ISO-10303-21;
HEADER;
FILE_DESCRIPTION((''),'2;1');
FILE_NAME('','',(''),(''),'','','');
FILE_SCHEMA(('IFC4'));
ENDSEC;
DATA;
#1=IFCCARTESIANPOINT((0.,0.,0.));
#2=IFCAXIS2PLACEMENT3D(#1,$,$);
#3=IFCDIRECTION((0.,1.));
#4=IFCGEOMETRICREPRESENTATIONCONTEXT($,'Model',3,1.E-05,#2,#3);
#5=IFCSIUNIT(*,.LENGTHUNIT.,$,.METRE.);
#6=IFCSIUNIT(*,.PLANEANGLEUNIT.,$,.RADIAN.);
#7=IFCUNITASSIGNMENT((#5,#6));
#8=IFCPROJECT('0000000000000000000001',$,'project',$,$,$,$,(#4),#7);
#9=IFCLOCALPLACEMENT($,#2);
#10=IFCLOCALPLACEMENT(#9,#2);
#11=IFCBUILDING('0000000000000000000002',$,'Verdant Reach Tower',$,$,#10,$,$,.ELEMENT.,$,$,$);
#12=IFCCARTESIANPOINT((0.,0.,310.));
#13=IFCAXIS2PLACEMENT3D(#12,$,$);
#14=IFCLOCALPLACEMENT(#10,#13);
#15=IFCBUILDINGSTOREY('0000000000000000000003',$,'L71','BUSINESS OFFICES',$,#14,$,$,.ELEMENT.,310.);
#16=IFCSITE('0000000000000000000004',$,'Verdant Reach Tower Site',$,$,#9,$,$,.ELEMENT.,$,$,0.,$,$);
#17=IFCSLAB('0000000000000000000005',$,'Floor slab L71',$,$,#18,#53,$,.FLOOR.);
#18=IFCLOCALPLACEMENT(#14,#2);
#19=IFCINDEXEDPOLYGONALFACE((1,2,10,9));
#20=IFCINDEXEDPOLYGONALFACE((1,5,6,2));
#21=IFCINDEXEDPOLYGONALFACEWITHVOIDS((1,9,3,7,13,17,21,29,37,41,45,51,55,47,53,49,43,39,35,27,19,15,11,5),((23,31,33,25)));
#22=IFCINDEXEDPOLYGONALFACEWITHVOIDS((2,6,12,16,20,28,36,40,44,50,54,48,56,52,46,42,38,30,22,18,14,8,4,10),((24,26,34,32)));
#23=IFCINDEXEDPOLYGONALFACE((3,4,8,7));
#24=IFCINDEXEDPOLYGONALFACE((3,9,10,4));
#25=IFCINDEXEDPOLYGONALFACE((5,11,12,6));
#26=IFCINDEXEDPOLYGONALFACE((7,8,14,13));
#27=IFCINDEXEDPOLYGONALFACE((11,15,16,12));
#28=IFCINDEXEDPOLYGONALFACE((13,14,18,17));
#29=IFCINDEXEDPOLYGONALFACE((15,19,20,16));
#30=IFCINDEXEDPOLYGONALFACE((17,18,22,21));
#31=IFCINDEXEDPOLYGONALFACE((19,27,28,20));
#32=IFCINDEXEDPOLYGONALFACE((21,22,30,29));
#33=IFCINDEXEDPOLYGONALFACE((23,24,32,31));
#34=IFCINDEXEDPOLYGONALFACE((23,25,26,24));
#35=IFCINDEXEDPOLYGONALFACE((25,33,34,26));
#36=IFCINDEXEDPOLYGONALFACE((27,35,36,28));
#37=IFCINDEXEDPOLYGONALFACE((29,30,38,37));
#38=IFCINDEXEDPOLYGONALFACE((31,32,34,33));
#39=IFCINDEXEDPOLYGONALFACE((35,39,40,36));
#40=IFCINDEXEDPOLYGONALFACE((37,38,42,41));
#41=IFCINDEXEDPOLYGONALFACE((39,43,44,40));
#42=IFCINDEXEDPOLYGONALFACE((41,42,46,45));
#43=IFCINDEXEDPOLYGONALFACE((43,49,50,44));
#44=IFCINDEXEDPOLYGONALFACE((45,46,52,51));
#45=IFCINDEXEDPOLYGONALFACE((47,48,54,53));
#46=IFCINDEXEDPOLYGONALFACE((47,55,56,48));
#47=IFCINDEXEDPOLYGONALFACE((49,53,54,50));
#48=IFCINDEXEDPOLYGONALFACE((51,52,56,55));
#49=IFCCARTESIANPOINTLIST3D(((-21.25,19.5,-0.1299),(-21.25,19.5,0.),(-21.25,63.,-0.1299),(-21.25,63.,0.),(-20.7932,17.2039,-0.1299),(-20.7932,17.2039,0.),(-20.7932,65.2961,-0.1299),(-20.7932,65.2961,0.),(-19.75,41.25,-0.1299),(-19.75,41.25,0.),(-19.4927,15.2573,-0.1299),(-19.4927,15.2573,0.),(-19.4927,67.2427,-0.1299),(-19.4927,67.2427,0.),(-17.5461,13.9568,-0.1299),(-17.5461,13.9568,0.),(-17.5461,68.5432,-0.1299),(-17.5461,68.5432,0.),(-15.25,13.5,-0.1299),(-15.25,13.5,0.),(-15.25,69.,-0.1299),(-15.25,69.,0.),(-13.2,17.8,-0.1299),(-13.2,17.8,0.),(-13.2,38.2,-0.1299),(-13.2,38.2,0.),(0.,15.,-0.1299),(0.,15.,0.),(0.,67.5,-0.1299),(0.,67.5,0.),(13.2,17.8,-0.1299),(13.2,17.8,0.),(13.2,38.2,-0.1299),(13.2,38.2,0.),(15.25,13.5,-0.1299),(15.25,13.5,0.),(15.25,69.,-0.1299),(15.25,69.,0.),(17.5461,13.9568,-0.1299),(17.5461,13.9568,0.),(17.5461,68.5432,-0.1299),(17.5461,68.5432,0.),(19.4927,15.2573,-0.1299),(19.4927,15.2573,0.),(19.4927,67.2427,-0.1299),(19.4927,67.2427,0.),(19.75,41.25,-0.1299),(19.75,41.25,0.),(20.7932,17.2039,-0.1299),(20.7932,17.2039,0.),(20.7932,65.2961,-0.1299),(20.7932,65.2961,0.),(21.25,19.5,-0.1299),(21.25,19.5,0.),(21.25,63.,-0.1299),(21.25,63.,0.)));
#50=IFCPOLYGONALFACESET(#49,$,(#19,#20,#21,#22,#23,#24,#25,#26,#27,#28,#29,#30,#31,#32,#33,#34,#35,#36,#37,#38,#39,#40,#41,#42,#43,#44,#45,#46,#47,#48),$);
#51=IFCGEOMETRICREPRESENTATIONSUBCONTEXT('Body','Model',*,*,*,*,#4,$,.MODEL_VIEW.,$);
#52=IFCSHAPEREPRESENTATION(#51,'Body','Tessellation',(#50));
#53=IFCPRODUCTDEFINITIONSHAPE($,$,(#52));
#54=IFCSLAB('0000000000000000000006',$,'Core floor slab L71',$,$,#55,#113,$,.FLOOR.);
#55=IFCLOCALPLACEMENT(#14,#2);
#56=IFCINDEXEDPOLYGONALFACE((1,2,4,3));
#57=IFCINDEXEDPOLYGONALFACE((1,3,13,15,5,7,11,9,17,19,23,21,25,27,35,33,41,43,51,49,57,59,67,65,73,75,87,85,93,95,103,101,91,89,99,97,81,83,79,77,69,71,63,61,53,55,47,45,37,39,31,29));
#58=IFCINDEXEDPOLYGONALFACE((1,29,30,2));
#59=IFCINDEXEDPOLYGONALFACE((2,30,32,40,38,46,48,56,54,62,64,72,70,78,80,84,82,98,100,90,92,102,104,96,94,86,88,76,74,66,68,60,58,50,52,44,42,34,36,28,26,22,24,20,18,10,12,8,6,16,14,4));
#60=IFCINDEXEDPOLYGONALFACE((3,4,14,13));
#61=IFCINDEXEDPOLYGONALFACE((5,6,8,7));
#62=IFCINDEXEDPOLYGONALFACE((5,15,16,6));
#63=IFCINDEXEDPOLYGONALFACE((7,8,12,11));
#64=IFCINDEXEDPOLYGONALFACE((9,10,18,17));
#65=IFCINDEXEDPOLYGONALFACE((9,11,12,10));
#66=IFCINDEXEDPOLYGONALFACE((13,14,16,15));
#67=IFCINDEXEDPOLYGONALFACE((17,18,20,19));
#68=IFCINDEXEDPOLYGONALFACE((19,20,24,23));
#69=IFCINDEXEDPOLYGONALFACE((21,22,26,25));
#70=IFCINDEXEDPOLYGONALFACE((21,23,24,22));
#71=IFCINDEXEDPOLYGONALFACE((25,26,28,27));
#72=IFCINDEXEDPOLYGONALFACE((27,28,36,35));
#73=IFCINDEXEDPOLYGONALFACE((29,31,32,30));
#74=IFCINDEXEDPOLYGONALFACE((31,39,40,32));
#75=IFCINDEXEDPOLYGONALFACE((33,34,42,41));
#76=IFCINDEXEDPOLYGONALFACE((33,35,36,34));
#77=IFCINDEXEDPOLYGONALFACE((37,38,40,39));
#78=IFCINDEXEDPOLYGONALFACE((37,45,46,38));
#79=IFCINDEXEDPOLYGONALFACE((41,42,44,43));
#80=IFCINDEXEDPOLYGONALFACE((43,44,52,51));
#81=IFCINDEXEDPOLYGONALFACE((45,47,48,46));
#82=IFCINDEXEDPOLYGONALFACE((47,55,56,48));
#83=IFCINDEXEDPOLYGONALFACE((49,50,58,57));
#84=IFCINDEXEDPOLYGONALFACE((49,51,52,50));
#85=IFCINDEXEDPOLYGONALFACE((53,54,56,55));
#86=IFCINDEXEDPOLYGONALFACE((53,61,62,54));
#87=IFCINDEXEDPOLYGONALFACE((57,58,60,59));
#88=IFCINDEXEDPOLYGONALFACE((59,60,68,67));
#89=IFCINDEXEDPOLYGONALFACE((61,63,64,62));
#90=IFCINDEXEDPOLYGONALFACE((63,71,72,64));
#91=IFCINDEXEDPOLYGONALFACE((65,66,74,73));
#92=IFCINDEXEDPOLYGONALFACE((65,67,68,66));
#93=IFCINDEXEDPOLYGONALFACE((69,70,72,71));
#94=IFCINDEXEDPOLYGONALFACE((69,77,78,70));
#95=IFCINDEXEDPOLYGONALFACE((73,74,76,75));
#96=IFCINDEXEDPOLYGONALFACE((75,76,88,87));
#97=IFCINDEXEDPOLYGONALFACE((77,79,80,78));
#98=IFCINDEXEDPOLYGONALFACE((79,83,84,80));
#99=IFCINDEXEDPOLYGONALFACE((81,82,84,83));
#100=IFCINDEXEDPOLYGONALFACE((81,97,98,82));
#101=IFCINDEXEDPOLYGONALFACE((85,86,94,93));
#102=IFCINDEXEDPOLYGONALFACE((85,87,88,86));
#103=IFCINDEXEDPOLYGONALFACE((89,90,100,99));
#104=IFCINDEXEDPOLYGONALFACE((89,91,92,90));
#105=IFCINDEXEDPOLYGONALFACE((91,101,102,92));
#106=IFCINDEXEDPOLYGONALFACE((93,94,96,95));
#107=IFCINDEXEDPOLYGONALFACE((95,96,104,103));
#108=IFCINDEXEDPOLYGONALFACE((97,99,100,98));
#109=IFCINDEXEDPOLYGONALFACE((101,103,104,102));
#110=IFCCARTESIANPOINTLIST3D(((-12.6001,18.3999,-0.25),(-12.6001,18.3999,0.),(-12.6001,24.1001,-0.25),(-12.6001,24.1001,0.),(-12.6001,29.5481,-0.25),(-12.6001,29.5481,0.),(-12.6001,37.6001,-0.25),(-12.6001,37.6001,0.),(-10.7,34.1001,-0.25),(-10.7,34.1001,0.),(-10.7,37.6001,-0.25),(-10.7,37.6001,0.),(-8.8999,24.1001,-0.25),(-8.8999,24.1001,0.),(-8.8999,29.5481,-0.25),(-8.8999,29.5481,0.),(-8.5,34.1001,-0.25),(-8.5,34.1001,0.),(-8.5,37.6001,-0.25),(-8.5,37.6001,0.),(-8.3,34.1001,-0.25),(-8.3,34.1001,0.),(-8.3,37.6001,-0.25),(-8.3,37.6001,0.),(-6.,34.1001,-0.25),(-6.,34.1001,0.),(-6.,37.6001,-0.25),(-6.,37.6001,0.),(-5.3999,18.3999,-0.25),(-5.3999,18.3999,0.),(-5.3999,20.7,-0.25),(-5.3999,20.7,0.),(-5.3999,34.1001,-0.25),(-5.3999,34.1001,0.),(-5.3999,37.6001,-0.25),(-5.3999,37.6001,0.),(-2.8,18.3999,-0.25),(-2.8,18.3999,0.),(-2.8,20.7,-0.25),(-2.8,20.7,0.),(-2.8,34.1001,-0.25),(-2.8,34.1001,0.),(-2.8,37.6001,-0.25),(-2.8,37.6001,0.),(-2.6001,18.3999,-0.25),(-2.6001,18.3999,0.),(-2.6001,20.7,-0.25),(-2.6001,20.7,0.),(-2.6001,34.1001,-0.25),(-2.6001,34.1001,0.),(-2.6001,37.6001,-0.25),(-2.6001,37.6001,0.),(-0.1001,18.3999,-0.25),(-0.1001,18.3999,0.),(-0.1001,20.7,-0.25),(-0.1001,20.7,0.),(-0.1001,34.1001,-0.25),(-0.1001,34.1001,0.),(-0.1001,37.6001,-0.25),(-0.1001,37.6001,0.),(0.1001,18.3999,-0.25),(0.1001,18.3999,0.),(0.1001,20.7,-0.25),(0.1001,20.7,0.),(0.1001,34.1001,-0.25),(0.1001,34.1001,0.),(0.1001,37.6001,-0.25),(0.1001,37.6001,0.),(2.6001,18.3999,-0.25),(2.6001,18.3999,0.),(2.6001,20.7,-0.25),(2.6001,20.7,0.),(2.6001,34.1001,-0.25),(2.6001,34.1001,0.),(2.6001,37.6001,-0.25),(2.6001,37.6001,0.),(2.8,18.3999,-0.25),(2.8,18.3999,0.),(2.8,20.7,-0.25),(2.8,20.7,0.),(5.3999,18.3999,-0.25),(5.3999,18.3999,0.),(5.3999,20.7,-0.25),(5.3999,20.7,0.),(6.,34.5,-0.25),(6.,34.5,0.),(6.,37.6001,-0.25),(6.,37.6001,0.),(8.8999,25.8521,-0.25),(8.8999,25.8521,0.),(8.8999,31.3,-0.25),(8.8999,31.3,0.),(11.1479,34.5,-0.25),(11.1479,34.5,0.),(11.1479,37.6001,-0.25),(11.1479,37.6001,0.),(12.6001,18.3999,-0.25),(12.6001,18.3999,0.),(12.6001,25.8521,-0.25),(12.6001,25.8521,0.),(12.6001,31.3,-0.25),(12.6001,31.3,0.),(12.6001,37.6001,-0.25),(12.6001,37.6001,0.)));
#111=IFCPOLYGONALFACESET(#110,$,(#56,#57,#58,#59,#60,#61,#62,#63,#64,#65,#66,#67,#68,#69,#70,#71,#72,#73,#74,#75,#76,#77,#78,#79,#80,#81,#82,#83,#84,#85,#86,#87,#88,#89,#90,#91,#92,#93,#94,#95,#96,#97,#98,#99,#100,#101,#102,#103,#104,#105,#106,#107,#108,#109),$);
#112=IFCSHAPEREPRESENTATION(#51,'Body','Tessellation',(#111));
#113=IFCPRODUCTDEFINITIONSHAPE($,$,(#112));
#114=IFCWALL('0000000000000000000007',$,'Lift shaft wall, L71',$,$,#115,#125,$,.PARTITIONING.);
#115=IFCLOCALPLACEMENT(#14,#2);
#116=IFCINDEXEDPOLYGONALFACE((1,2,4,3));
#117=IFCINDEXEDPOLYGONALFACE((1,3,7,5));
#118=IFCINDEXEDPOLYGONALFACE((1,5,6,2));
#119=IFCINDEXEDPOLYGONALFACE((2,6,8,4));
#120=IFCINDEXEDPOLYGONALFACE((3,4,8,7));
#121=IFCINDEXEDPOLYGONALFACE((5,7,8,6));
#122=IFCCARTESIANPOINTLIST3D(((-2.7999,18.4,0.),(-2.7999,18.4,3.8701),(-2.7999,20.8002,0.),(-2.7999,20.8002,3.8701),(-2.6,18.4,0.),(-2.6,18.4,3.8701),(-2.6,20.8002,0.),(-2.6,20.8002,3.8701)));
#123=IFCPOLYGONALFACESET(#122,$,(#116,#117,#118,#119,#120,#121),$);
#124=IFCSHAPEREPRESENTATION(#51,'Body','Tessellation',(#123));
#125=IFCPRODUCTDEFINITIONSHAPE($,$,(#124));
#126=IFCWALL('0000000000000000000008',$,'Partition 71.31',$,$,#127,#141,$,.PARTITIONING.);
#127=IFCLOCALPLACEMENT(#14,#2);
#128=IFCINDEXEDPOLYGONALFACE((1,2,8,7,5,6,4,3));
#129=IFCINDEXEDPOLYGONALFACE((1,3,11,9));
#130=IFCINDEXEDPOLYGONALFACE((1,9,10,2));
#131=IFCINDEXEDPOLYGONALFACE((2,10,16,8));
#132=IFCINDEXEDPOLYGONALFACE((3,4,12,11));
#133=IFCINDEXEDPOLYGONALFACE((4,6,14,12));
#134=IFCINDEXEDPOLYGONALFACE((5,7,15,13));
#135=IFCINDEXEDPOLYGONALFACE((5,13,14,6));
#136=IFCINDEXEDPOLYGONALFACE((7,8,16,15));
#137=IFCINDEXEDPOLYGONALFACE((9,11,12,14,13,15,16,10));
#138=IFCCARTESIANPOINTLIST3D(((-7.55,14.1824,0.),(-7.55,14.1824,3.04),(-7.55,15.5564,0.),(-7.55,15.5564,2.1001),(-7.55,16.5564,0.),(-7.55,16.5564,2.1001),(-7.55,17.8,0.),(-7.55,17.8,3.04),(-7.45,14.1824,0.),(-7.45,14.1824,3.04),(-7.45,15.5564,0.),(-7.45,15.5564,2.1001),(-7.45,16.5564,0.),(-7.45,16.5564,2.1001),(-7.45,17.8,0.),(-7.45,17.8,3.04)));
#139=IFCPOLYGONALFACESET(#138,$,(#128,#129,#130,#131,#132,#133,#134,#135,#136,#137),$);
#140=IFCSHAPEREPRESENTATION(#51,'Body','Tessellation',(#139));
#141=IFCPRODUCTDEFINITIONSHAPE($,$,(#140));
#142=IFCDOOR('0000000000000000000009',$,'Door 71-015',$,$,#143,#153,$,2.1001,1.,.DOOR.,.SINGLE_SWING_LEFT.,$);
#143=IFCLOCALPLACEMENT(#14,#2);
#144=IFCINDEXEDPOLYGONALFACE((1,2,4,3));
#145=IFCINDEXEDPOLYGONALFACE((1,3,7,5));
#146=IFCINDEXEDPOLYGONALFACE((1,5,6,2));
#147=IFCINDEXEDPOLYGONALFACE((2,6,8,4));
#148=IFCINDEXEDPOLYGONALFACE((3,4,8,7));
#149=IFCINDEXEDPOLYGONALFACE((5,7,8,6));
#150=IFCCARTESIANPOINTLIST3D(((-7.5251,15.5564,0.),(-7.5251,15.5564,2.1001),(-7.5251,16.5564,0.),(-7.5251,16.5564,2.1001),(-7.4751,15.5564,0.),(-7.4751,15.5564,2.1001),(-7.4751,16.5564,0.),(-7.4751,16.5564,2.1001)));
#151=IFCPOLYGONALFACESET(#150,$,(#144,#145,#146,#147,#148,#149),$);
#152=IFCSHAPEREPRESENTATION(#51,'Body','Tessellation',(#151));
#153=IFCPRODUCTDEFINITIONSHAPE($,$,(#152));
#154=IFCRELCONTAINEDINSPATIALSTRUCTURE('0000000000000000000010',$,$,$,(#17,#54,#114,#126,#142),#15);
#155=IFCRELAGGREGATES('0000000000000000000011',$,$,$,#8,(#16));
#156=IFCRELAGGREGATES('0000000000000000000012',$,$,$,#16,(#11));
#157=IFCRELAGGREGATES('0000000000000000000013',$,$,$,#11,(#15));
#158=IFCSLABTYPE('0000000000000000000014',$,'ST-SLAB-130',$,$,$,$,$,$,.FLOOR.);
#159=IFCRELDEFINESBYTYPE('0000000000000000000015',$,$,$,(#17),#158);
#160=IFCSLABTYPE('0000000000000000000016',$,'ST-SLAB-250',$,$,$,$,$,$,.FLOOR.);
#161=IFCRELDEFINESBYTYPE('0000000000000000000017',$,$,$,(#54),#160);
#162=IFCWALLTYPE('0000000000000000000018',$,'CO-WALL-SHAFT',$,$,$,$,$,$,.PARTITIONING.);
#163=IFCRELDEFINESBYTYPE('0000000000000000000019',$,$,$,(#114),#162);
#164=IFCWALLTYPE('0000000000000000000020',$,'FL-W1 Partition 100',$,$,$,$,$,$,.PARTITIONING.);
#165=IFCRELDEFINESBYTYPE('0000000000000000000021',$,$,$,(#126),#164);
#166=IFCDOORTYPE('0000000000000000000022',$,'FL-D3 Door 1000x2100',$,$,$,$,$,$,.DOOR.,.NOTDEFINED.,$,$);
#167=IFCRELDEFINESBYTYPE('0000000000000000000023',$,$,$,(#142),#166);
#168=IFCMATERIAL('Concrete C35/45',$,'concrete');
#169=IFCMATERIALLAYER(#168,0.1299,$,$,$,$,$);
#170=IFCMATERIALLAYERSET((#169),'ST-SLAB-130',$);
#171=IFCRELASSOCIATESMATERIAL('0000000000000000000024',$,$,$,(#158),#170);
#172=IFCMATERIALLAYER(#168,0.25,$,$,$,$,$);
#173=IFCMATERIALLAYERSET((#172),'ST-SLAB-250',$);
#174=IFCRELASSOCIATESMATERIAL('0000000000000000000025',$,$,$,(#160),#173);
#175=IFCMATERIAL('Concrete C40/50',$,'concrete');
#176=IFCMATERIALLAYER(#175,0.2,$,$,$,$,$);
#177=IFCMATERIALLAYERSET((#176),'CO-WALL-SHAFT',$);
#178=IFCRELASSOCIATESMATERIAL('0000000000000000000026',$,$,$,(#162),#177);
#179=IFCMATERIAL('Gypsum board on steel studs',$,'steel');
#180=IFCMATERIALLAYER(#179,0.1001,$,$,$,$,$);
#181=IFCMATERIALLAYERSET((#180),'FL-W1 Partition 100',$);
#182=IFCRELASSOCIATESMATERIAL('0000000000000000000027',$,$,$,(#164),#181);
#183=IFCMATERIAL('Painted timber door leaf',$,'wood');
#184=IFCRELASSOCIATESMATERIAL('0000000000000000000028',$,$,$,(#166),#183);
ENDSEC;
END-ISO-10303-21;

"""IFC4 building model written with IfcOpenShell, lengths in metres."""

from ifc_helpers import new_model, si_unit, direction, frame, frame_2d, origin, place, context, subcontext, project, spatial, polyline, rectangle, outline, extrude, material, layer, layer_set, type_object, element, fill, save


model = new_model("IFC4")

# Units and contexts
model_context = context("Model", 3, precision=1e-05, world=origin(), true_north=direction((0.0, 1.0)))
body_context = subcontext(model_context, "Body", "Model", "MODEL_VIEW")
ifc_project = project(units=[si_unit("LENGTHUNIT", "METRE"), si_unit("PLANEANGLEUNIT", "RADIAN")], contexts=[model_context])

# Site, building, storey
site_placement = place(None, origin())
site = spatial("IfcSite", under=ifc_project, at=site_placement, Name="Verdant Reach Tower Site", CompositionType="ELEMENT", RefElevation=0.0)
building_placement = place(site_placement, origin())
building = spatial("IfcBuilding", under=site, at=building_placement, Name="Verdant Reach Tower", CompositionType="ELEMENT")
storey_placement = place(building_placement, frame((0.0, 0.0, 310.0)))
storey = spatial("IfcBuildingStorey", under=building, at=storey_placement, Name="L71", Description="BUSINESS OFFICES", CompositionType="ELEMENT", Elevation=310.0)

# Slabs
ifc_material_1 = material(Name="Concrete C35/45", Category="concrete")
ifc_layer_1 = layer(ifc_material_1, 0.1299)
ifc_layer_set_1 = layer_set([ifc_layer_1], Name="ST-SLAB-130")
slab_type_1 = type_object("IfcSlabType", Name="ST-SLAB-130", PredefinedType="FLOOR", material=ifc_layer_set_1)
slab_1_placement = place(storey_placement, frame((0.0, 0.0, -0.1299)))
element("IfcSlab", 1, at=slab_1_placement, inside=storey, type_object=slab_type_1, Name="Floor slab L71", PredefinedType="FLOOR", context=body_context, shape_type="SweptSolid", body=[
    extrude(outline(polyline([(0.0, 15.0), (-15.25, 13.5), (-17.5461, 13.9568), (-19.4927, 15.2573), (-20.7932, 17.2039), (-21.25, 19.5), (-19.75, 41.25), (-21.25, 63.0), (-20.7932, 65.2961), (-19.4927, 67.2427), (-17.5461, 68.5432), (-15.25, 69.0), (0.0, 67.5), (15.25, 69.0), (17.5461, 68.5432), (19.4927, 67.2427), (20.7932, 65.2961), (21.25, 63.0), (19.75, 41.25), (21.25, 19.5), (20.7932, 17.2039), (19.4927, 15.2573), (17.5461, 13.9568), (15.25, 13.5), (0.0, 15.0)]), holes=[polyline([(13.2, 38.2), (-13.2, 38.2), (-13.2, 17.8), (13.2, 17.8), (13.2, 38.2)])]), origin(), (0.0, 0.0, 1.0), 0.1299),
])
ifc_layer_2 = layer(ifc_material_1, 0.25)
ifc_layer_set_2 = layer_set([ifc_layer_2], Name="ST-SLAB-250")
slab_type_2 = type_object("IfcSlabType", Name="ST-SLAB-250", PredefinedType="FLOOR", material=ifc_layer_set_2)
slab_2_placement = place(storey_placement, frame((0.0, 0.0, -0.25)))
element("IfcSlab", 2, at=slab_2_placement, inside=storey, type_object=slab_type_2, Name="Core floor slab L71", PredefinedType="FLOOR", context=body_context, shape_type="SweptSolid", body=[
    extrude(outline(polyline([(12.6001, 18.3999), (5.3999, 18.3999), (5.3999, 20.7), (2.8, 20.7), (2.8, 18.3999), (2.6001, 18.3999), (2.6001, 20.7), (0.1001, 20.7), (0.1001, 18.3999), (-0.1001, 18.3999), (-0.1001, 20.7), (-2.6001, 20.7), (-2.6001, 18.3999), (-2.8, 18.3999), (-2.8, 20.7), (-5.3999, 20.7), (-5.3999, 18.3999), (-12.6001, 18.3999), (-12.6001, 24.1001), (-8.8999, 24.1001), (-8.8999, 29.5481), (-12.6001, 29.5481), (-12.6001, 37.6001), (-10.7, 37.6001), (-10.7, 34.1001), (-8.5, 34.1001), (-8.5, 37.6001), (-8.3, 37.6001), (-8.3, 34.1001), (-6.0, 34.1001), (-6.0, 37.6001), (-5.3999, 37.6001), (-5.3999, 34.1001), (-2.8, 34.1001), (-2.8, 37.6001), (-2.6001, 37.6001), (-2.6001, 34.1001), (-0.1001, 34.1001), (-0.1001, 37.6001), (0.1001, 37.6001), (0.1001, 34.1001), (2.6001, 34.1001), (2.6001, 37.6001), (6.0, 37.6001), (6.0, 34.5), (11.1479, 34.5), (11.1479, 37.6001), (12.6001, 37.6001), (12.6001, 31.3), (8.8999, 31.3), (8.8999, 25.8521), (12.6001, 25.8521), (12.6001, 18.3999)])), origin(), (0.0, 0.0, 1.0), 0.25),
])

# Wall
ifc_material_2 = material(Name="Concrete C40/50", Category="concrete")
ifc_layer_3 = layer(ifc_material_2, 0.2)
ifc_layer_set_3 = layer_set([ifc_layer_3], Name="CO-WALL-SHAFT")
wall_type_1 = type_object("IfcWallType", Name="CO-WALL-SHAFT", PredefinedType="PARTITIONING", material=ifc_layer_set_3)
wall_1_placement = place(storey_placement, frame((-2.7, 18.3999, 0.0), z_axis=(0.0, 0.0, 1.0), x_axis=(0.0, 1.0, 0.0)))
element("IfcWall", 3, at=wall_1_placement, inside=storey, type_object=wall_type_1, Name="Lift shaft wall, L71", PredefinedType="PARTITIONING", context=body_context, shape_type="SweptSolid", body=[
    extrude(rectangle(XDim=2.4001, YDim=0.2, at=frame_2d((1.2002, 0.0))), origin(), (0.0, 0.0, 1.0), 3.8701),
])

# Wall, opening, door
ifc_material_3 = material(Name="Gypsum board on steel studs", Category="steel")
ifc_layer_4 = layer(ifc_material_3, 0.1001)
ifc_layer_set_4 = layer_set([ifc_layer_4], Name="FL-W1 Partition 100")
wall_type_2 = type_object("IfcWallType", Name="FL-W1 Partition 100", PredefinedType="PARTITIONING", material=ifc_layer_set_4)
wall_2_placement = place(storey_placement, frame((-7.5, 17.8, 0.0), z_axis=(0.0, 0.0, 1.0), x_axis=(0.0, -1.0, 0.0)))
wall_2 = element("IfcWall", 4, at=wall_2_placement, inside=storey, type_object=wall_type_2, Name="Partition 71.31", PredefinedType="PARTITIONING", context=body_context, shape_type="SweptSolid", body=[
    extrude(rectangle(XDim=3.6177, YDim=0.1001, at=frame_2d((1.8088, 0.0))), origin(), (0.0, 0.0, 1.0), 3.04),
])
opening_1_placement = place(wall_2_placement, frame((1.2437, 0.0, 0.0)))
opening_1 = element("IfcOpeningElement", 5, at=opening_1_placement, cuts=wall_2, PredefinedType="OPENING", context=body_context, shape_type="SweptSolid", body=[
    extrude(rectangle(XDim=1.0, YDim=2.1001, at=frame_2d((0.5, 1.05))), frame((0.0, 0.0601, 0.0), z_axis=(0.0, -1.0, 0.0), x_axis=(1.0, 0.0, 0.0)), (0.0, 0.0, 1.0), 0.1201),
])
ifc_material_4 = material(Name="Painted timber door leaf", Category="wood")
door_type_1 = type_object("IfcDoorType", Name="FL-D3 Door 1000x2100", OperationType="NOTDEFINED", PredefinedType="DOOR", material=ifc_material_4)
door_1_placement = place(opening_1_placement, origin())
door_1 = element("IfcDoor", 6, at=door_1_placement, inside=storey, type_object=door_type_1, Name="Door 71-015", OperationType="SINGLE_SWING_LEFT", OverallHeight=2.1001, OverallWidth=1.0, PredefinedType="DOOR", context=body_context, shape_type="SweptSolid", body=[
    extrude(rectangle(XDim=1.0, YDim=2.1001, at=frame_2d((0.5, 1.05))), frame((0.0, 0.0249, 0.0), z_axis=(0.0, -1.0, 0.0), x_axis=(1.0, 0.0, 0.0)), (0.0, 0.0, 1.0), 0.05),
])
fill(opening_1, door_1)

save(model, "model.ifc")
